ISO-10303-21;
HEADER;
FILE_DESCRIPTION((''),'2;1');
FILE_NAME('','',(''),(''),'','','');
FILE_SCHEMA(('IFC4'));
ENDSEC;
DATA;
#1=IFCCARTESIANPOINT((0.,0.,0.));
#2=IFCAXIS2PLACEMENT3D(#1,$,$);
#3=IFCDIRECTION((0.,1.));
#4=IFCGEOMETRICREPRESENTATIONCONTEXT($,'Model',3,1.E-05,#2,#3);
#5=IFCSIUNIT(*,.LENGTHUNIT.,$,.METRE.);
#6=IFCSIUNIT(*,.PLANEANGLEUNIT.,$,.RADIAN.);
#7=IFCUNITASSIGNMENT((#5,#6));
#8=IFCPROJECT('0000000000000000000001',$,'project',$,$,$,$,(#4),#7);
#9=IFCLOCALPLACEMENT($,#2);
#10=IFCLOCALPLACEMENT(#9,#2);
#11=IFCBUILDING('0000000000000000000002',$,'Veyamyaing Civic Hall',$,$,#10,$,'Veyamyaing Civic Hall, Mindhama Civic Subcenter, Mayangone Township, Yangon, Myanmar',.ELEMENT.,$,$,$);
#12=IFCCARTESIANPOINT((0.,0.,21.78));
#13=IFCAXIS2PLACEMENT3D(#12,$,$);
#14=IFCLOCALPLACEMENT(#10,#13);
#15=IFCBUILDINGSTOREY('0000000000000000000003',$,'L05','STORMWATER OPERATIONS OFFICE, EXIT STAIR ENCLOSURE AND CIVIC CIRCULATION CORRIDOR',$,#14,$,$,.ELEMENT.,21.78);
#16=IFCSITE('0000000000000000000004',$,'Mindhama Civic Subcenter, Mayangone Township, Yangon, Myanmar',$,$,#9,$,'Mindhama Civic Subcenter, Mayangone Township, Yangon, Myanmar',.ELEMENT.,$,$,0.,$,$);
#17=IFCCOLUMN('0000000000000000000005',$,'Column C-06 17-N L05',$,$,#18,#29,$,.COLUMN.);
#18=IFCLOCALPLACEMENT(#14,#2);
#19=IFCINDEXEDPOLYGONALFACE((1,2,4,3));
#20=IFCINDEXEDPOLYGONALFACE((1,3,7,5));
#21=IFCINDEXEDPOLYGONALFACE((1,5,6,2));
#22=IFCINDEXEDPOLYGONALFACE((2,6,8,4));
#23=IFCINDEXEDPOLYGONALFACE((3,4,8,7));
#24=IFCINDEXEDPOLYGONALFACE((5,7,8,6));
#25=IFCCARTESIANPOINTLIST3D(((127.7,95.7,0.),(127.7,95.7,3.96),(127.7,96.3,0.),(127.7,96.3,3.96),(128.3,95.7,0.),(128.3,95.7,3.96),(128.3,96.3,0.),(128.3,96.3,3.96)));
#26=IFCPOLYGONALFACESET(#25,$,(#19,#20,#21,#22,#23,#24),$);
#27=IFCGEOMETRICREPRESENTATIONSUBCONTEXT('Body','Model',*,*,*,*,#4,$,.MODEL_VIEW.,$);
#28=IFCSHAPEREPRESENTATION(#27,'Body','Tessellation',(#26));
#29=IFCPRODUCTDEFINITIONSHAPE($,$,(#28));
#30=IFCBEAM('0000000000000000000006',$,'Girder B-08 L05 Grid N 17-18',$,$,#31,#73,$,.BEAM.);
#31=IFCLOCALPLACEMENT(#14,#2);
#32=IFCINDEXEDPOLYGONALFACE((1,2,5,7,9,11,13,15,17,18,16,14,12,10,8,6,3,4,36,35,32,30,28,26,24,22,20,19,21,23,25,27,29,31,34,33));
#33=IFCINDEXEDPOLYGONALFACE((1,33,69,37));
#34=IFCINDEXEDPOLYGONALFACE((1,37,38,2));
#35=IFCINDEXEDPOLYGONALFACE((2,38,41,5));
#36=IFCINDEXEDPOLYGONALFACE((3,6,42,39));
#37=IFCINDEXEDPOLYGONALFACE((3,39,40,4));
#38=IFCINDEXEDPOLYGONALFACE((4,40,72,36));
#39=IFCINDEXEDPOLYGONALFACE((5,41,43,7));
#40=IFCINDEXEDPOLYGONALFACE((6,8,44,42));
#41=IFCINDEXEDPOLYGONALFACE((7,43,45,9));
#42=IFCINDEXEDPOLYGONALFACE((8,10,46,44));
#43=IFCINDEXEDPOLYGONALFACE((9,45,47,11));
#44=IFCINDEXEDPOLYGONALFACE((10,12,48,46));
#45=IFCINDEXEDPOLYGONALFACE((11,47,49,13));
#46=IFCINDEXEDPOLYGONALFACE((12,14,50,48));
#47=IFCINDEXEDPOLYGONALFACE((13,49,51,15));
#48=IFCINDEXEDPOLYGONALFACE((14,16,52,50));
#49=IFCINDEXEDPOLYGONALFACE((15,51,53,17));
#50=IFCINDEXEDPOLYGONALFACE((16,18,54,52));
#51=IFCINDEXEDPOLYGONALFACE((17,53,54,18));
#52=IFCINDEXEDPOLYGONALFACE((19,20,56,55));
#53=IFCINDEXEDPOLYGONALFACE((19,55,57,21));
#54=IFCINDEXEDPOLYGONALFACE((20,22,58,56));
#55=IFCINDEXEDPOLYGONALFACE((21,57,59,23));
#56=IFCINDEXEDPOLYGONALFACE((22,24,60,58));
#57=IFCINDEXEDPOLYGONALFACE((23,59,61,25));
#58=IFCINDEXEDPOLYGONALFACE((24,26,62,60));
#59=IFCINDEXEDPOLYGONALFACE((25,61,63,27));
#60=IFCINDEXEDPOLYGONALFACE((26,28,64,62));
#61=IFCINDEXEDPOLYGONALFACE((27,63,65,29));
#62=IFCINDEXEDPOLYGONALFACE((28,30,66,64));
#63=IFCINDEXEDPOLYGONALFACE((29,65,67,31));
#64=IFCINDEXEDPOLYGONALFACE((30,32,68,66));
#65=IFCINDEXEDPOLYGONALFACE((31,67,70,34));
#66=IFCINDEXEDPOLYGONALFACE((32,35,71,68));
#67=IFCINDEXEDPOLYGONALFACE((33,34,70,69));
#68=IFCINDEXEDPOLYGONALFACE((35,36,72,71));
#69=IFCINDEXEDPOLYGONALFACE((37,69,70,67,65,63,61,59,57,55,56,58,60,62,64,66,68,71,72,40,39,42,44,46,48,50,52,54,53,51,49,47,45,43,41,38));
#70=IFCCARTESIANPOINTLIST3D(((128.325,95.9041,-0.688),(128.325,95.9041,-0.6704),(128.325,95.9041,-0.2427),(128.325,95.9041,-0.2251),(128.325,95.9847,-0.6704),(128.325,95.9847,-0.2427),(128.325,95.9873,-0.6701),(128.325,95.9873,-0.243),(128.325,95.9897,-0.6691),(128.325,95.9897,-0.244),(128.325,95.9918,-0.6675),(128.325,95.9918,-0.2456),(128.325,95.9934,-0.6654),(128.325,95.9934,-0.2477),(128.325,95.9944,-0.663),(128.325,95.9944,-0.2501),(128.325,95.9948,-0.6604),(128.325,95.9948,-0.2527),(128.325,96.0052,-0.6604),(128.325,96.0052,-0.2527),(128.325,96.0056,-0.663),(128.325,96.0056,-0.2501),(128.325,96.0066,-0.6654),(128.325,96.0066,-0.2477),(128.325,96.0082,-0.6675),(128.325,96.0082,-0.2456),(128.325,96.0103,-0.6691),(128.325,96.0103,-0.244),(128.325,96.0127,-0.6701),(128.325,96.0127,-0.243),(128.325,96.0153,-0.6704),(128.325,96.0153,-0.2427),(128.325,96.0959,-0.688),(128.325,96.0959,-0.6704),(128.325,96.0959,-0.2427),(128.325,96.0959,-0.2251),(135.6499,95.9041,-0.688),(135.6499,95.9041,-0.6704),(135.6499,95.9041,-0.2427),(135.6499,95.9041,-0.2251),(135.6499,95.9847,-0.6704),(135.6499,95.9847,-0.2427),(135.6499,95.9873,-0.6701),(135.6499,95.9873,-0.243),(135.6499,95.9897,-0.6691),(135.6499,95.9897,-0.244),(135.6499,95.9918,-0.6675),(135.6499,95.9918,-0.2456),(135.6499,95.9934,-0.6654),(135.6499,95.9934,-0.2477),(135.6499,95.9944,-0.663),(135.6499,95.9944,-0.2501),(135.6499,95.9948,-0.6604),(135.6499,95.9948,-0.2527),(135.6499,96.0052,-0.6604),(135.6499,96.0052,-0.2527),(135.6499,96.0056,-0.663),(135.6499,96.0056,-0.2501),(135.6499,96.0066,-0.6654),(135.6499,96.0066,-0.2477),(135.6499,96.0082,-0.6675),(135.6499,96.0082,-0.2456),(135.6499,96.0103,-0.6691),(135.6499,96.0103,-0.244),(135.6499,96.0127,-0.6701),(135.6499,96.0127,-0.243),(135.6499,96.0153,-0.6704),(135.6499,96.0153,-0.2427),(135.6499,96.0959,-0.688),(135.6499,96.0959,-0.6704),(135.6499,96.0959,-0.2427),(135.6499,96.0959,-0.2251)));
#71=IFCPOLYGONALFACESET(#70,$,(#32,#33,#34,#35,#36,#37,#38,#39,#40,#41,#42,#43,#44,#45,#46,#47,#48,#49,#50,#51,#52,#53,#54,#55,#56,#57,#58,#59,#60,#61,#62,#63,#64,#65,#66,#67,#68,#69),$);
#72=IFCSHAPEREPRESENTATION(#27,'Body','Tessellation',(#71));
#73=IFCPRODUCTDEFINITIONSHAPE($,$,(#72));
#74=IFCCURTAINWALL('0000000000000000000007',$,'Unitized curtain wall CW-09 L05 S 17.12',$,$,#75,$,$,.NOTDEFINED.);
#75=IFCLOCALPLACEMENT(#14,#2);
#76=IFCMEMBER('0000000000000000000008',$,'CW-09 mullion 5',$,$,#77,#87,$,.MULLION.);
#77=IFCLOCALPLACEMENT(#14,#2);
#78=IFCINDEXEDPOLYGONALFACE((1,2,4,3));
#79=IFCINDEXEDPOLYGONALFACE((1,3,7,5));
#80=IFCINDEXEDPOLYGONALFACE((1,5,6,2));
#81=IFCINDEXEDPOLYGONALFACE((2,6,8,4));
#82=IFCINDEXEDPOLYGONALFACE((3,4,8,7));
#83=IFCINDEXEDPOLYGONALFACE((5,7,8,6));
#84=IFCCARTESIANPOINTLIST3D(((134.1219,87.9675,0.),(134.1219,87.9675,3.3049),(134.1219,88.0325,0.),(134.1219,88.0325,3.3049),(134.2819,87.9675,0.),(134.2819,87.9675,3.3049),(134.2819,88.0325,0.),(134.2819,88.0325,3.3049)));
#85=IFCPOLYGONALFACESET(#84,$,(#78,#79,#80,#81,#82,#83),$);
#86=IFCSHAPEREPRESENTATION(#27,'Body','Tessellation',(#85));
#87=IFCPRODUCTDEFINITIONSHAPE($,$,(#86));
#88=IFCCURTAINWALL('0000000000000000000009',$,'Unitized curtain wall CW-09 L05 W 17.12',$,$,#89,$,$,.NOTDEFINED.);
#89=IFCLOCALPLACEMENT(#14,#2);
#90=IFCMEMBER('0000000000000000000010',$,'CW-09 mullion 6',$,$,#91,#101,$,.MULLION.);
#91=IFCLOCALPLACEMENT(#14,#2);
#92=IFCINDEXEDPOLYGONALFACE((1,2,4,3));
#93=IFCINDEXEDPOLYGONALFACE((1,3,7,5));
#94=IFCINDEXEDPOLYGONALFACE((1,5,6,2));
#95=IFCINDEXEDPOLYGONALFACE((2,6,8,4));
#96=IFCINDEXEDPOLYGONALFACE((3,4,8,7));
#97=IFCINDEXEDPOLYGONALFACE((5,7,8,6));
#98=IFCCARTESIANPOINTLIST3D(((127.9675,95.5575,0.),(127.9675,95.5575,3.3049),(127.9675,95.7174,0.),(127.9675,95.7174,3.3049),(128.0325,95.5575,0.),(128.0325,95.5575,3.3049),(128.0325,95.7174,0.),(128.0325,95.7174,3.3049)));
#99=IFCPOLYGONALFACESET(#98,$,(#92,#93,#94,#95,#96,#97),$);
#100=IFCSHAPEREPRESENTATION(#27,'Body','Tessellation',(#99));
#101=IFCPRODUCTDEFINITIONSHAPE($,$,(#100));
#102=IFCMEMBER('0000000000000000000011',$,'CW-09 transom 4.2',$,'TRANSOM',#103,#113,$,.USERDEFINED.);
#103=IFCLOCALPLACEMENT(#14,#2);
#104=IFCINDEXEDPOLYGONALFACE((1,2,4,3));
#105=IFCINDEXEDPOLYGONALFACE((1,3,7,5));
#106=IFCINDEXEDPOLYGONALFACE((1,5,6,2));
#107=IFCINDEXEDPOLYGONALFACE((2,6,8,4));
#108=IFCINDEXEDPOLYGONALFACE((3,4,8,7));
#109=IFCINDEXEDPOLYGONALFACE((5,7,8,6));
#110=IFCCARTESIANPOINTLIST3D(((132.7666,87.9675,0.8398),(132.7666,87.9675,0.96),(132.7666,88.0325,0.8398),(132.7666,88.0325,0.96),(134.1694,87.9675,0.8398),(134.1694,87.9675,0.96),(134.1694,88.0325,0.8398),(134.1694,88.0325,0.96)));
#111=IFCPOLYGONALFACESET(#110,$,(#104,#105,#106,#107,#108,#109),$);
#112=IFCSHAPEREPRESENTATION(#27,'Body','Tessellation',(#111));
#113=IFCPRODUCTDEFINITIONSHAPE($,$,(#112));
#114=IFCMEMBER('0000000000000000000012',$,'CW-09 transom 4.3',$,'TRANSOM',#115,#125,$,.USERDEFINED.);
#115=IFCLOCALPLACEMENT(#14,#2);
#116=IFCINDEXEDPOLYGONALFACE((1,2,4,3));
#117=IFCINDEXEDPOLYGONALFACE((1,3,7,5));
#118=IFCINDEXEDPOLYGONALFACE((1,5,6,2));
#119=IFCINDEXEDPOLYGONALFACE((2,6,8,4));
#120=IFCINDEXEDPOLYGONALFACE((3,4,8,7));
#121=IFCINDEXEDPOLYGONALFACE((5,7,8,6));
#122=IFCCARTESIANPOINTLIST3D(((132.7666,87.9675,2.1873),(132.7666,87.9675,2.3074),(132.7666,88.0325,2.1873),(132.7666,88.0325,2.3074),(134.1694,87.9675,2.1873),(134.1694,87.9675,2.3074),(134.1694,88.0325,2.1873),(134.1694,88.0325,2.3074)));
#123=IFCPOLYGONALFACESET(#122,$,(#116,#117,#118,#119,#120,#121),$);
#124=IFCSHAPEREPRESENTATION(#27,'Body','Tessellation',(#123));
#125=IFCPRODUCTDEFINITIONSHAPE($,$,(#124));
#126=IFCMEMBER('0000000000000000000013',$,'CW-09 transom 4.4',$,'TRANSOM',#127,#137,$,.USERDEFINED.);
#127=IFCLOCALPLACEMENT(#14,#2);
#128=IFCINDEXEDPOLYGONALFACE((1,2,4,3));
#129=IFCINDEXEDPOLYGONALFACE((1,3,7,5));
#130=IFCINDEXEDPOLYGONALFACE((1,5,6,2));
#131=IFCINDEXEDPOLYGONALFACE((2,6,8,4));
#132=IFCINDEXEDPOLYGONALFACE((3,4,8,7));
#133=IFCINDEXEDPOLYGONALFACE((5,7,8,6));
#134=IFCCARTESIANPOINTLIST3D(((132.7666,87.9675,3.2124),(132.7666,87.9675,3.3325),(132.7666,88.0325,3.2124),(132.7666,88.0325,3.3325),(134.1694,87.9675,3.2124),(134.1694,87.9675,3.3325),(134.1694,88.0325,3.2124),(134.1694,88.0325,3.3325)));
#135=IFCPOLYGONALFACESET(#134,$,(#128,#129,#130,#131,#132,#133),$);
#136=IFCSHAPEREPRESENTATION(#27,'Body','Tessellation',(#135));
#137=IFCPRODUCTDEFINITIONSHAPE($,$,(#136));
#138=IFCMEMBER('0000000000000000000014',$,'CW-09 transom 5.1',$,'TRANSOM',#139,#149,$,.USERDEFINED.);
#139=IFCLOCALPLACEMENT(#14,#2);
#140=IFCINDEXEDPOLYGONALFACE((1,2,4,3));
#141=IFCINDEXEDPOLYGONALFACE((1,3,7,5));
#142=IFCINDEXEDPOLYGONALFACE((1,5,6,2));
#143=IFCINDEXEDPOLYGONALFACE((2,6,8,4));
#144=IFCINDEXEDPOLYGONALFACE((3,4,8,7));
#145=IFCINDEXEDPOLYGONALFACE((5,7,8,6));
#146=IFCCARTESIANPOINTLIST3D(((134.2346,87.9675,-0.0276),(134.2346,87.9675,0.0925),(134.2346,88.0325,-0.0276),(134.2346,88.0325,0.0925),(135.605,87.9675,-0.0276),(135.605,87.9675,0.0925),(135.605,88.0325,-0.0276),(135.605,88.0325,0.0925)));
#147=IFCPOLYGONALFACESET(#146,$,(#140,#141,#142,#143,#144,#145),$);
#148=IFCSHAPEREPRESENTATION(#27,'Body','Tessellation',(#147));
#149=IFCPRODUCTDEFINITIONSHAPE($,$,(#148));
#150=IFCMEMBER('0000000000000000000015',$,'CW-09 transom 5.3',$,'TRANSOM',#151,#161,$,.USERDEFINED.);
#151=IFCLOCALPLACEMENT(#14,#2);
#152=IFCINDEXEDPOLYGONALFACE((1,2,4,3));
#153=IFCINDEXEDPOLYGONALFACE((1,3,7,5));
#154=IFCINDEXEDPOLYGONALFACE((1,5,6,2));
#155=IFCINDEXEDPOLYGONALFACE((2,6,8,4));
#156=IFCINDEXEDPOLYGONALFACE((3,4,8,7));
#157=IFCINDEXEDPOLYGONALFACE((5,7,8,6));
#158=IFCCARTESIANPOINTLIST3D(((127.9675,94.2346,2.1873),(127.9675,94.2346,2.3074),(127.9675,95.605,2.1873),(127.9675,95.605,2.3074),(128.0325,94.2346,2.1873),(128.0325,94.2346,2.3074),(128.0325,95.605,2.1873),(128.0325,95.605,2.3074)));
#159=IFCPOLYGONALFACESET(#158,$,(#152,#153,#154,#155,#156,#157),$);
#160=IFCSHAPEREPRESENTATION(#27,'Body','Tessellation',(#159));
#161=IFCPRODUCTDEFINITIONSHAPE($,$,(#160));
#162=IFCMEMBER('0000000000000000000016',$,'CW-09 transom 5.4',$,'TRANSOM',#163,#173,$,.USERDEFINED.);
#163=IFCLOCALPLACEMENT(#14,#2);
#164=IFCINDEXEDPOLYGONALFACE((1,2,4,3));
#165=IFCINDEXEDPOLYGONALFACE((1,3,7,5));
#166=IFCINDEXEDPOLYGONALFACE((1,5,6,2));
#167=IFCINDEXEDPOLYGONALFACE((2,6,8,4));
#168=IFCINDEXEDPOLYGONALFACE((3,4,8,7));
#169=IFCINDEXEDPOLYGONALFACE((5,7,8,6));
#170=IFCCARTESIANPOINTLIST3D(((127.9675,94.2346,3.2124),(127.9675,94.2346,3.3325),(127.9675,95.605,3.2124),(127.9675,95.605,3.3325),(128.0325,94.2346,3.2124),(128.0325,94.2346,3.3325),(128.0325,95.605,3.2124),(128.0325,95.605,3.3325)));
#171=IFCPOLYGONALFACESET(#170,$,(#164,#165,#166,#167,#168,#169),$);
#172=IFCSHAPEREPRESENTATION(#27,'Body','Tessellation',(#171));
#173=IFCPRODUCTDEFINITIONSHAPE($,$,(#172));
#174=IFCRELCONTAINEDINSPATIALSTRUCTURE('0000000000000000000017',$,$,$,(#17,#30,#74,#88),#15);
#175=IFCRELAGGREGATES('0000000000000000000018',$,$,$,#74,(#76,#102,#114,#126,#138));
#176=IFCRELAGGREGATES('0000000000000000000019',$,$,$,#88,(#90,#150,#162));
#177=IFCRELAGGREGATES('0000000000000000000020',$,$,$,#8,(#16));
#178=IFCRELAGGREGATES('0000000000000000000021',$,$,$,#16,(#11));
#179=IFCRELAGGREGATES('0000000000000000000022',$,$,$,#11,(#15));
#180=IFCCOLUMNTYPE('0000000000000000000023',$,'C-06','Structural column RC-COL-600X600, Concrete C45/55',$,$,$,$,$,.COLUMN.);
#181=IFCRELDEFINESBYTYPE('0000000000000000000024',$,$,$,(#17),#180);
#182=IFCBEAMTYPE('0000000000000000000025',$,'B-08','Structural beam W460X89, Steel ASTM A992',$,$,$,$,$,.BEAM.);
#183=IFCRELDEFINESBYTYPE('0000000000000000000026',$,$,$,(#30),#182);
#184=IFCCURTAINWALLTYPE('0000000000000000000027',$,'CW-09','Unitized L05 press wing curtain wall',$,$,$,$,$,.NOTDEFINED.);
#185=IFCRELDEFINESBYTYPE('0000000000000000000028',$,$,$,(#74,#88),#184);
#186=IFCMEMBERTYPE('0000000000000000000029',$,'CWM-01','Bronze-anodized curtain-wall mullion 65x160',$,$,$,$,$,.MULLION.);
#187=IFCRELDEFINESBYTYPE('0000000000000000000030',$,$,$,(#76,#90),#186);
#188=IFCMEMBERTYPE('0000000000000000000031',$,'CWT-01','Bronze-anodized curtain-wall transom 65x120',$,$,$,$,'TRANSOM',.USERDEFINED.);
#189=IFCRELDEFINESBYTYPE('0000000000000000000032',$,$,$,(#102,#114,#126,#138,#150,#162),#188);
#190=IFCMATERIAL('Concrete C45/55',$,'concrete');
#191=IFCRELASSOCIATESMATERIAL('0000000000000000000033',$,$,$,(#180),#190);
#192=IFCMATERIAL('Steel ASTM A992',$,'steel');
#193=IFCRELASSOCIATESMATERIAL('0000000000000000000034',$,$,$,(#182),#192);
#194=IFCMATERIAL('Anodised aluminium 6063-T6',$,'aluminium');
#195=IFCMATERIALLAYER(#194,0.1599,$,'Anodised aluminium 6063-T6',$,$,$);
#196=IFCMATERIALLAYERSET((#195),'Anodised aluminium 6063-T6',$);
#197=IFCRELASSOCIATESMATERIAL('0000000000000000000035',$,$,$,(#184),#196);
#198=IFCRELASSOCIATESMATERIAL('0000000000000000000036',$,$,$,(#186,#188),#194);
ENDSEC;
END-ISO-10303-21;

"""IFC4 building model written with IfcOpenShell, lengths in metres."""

from ifc_helpers import new_model, si_unit, direction, frame, origin, origin_2d, place, context, subcontext, project, spatial, rectangle, i_section, extrude, material, layer, layer_set, material_profile, profile_set, type_object, element, aggregate, save


model = new_model("IFC4")

# Units and contexts
model_context = context("Model", 3, precision=1e-05, world=origin(), true_north=direction((0.0, 1.0)))
body_context = subcontext(model_context, "Body", "Model", "MODEL_VIEW")
ifc_project = project(units=[si_unit("LENGTHUNIT", "METRE"), si_unit("PLANEANGLEUNIT", "RADIAN")], contexts=[model_context])

# Site, building, storey
site_placement = place(None, origin())
site = spatial("IfcSite", under=ifc_project, at=site_placement, Name="Mindhama Civic Subcenter, Mayangone Township, Yangon, Myanmar", LongName="Mindhama Civic Subcenter, Mayangone Township, Yangon, Myanmar", CompositionType="ELEMENT", RefElevation=0.0)
building_placement = place(site_placement, origin())
building = spatial("IfcBuilding", under=site, at=building_placement, Name="Veyamyaing Civic Hall", LongName="Veyamyaing Civic Hall, Mindhama Civic Subcenter, Mayangone Township, Yangon, Myanmar", CompositionType="ELEMENT")
storey_placement = place(building_placement, frame((0.0, 0.0, 21.78)))
storey = spatial("IfcBuildingStorey", under=building, at=storey_placement, Name="L05", Description="STORMWATER OPERATIONS OFFICE, EXIT STAIR ENCLOSURE AND CIVIC CIRCULATION CORRIDOR", CompositionType="ELEMENT", Elevation=21.78)

# Column
ifc_material_1 = material(Name="Concrete C45/55", Category="concrete")
ifc_material_profile_1 = material_profile(ifc_material_1, rectangle(XDim=0.6001, YDim=0.6001, at=origin_2d()), Name="RC-COL-600X600")
ifc_profile_set_1 = profile_set([ifc_material_profile_1], Name="Concrete C45/55")
column_type = type_object("IfcColumnType", Name="C-06", Description="Structural column RC-COL-600X600, Concrete C45/55", PredefinedType="COLUMN", material=ifc_profile_set_1)
column_placement = place(storey_placement, frame((128.0, 96.0, 0.0), z_axis=(0.0, 0.0, 1.0), x_axis=(1.0, 0.0, 0.0)))
element("IfcColumn", 1, at=column_placement, inside=storey, type_object=column_type, Name="Column C-06 17-N L05", PredefinedType="COLUMN", context=body_context, shape_type="SweptSolid", body=[
    extrude(rectangle(XDim=0.6001, YDim=0.6001, at=origin_2d()), origin(), (0.0, 0.0, 1.0), 3.96),
])

# Beam
ifc_material_2 = material(Name="Steel ASTM A992", Category="steel")
ifc_material_profile_2 = material_profile(ifc_material_2, i_section(OverallWidth=0.1919, OverallDepth=0.4629, WebThickness=0.0105, FlangeThickness=0.0176, FilletRadius=0.01, at=origin_2d()), Name="W460X89")
ifc_profile_set_2 = profile_set([ifc_material_profile_2], Name="Steel ASTM A992")
beam_type_1 = type_object("IfcBeamType", Name="B-08", Description="Structural beam W460X89, Steel ASTM A992", PredefinedType="BEAM", material=ifc_profile_set_2)
beam_placement = place(storey_placement, frame((128.325, 96.0, -0.4565), z_axis=(1.0, 0.0, 0.0), x_axis=(0.0, 1.0, 0.0)))
element("IfcBeam", 2, at=beam_placement, inside=storey, type_object=beam_type_1, Name="Girder B-08 L05 Grid N 17-18", PredefinedType="BEAM", context=body_context, shape_type="SweptSolid", body=[
    extrude(i_section(OverallWidth=0.1919, OverallDepth=0.4629, WebThickness=0.0105, FlangeThickness=0.0176, FilletRadius=0.01, at=origin_2d()), origin(), (0.0, 0.0, 1.0), 7.325),
])

# Curtain walls, members
ifc_material_3 = material(Name="Anodised aluminium 6063-T6", Category="aluminium")
ifc_layer_1 = layer(ifc_material_3, 0.1599, Name="Anodised aluminium 6063-T6")
ifc_layer_set_1 = layer_set([ifc_layer_1], Name="Anodised aluminium 6063-T6")
curtain_wall_type = type_object("IfcCurtainWallType", Name="CW-09", Description="Unitized L05 press wing curtain wall", PredefinedType="NOTDEFINED", material=ifc_layer_set_1)
curtain_wall_1_placement = place(storey_placement, origin())
curtain_wall_1 = element("IfcCurtainWall", 3, at=curtain_wall_1_placement, inside=storey, type_object=curtain_wall_type, Name="Unitized curtain wall CW-09 L05 S 17.12", PredefinedType="NOTDEFINED")
ifc_material_profile_3 = material_profile(ifc_material_3, rectangle(XDim=0.0649, YDim=0.1599, at=origin_2d()), Name="ALU-MUL-65X160")
ifc_profile_set_3 = profile_set([ifc_material_profile_3], Name="Anodised aluminium 6063-T6")
member_type_1 = type_object("IfcMemberType", Name="CWM-01", Description="Bronze-anodized curtain-wall mullion 65x160", PredefinedType="MULLION", material=ifc_profile_set_3)
member_1_placement = place(storey_placement, frame((134.2019, 88.0, 0.0), z_axis=(0.0, 0.0, 1.0), x_axis=(0.0, 1.0, 0.0)))
member_1 = element("IfcMember", 4, at=member_1_placement, type_object=member_type_1, Name="CW-09 mullion 5", PredefinedType="MULLION", context=body_context, shape_type="SweptSolid", body=[
    extrude(rectangle(XDim=0.0649, YDim=0.1599, at=origin_2d()), origin(), (0.0, 0.0, 1.0), 3.3049),
])
curtain_wall_2_placement = place(storey_placement, origin())
curtain_wall_2 = element("IfcCurtainWall", 5, at=curtain_wall_2_placement, inside=storey, type_object=curtain_wall_type, Name="Unitized curtain wall CW-09 L05 W 17.12", PredefinedType="NOTDEFINED")
member_2_placement = place(storey_placement, frame((128.0, 95.6375, 0.0), z_axis=(0.0, 0.0, 1.0), x_axis=(-1.0, 0.0, 0.0)))
member_2 = element("IfcMember", 6, at=member_2_placement, type_object=member_type_1, Name="CW-09 mullion 6", PredefinedType="MULLION", context=body_context, shape_type="SweptSolid", body=[
    extrude(rectangle(XDim=0.0649, YDim=0.1599, at=origin_2d()), origin(), (0.0, 0.0, 1.0), 3.3049),
])

# Members
ifc_material_profile_4 = material_profile(ifc_material_3, rectangle(XDim=0.0649, YDim=0.1201, at=origin_2d()), Name="ALU-TRN-65X120")
ifc_profile_set_4 = profile_set([ifc_material_profile_4], Name="Anodised aluminium 6063-T6")
member_type_2 = type_object("IfcMemberType", Name="CWT-01", Description="Bronze-anodized curtain-wall transom 65x120", ElementType="TRANSOM", PredefinedType="USERDEFINED", material=ifc_profile_set_4)
member_3_placement = place(storey_placement, frame((132.7666, 88.0, 0.8999), z_axis=(1.0, 0.0, 0.0), x_axis=(0.0, 1.0, 0.0)))
member_3 = element("IfcMember", 7, at=member_3_placement, type_object=member_type_2, Name="CW-09 transom 4.2", ObjectType="TRANSOM", PredefinedType="USERDEFINED", context=body_context, shape_type="SweptSolid", body=[
    extrude(rectangle(XDim=0.0649, YDim=0.1201, at=origin_2d()), origin(), (0.0, 0.0, 1.0), 1.4028),
])
member_4_placement = place(storey_placement, frame((132.7666, 88.0, 2.2473), z_axis=(1.0, 0.0, 0.0), x_axis=(0.0, 1.0, 0.0)))
member_4 = element("IfcMember", 8, at=member_4_placement, type_object=member_type_2, Name="CW-09 transom 4.3", ObjectType="TRANSOM", PredefinedType="USERDEFINED", context=body_context, shape_type="SweptSolid", body=[
    extrude(rectangle(XDim=0.0649, YDim=0.1201, at=origin_2d()), origin(), (0.0, 0.0, 1.0), 1.4028),
])
member_5_placement = place(storey_placement, frame((132.7666, 88.0, 3.2725), z_axis=(1.0, 0.0, 0.0), x_axis=(0.0, 1.0, 0.0)))
member_5 = element("IfcMember", 9, at=member_5_placement, type_object=member_type_2, Name="CW-09 transom 4.4", ObjectType="TRANSOM", PredefinedType="USERDEFINED", context=body_context, shape_type="SweptSolid", body=[
    extrude(rectangle(XDim=0.0649, YDim=0.1201, at=origin_2d()), origin(), (0.0, 0.0, 1.0), 1.4028),
])
member_6_placement = place(storey_placement, frame((134.2346, 88.0, 0.0325), z_axis=(1.0, 0.0, 0.0), x_axis=(0.0, 1.0, 0.0)))
member_6 = element("IfcMember", 10, at=member_6_placement, type_object=member_type_2, Name="CW-09 transom 5.1", ObjectType="TRANSOM", PredefinedType="USERDEFINED", context=body_context, shape_type="SweptSolid", body=[
    extrude(rectangle(XDim=0.0649, YDim=0.1201, at=origin_2d()), origin(), (0.0, 0.0, 1.0), 1.3704),
])
member_7_placement = place(storey_placement, frame((128.0, 94.2346, 2.2473), z_axis=(0.0, 1.0, 0.0), x_axis=(-1.0, 0.0, 0.0)))
member_7 = element("IfcMember", 11, at=member_7_placement, type_object=member_type_2, Name="CW-09 transom 5.3", ObjectType="TRANSOM", PredefinedType="USERDEFINED", context=body_context, shape_type="SweptSolid", body=[
    extrude(rectangle(XDim=0.0649, YDim=0.1201, at=origin_2d()), origin(), (0.0, 0.0, 1.0), 1.3704),
])
member_8_placement = place(storey_placement, frame((128.0, 94.2346, 3.2725), z_axis=(0.0, 1.0, 0.0), x_axis=(-1.0, 0.0, 0.0)))
member_8 = element("IfcMember", 12, at=member_8_placement, type_object=member_type_2, Name="CW-09 transom 5.4", ObjectType="TRANSOM", PredefinedType="USERDEFINED", context=body_context, shape_type="SweptSolid", body=[
    extrude(rectangle(XDim=0.0649, YDim=0.1201, at=origin_2d()), origin(), (0.0, 0.0, 1.0), 1.3704),
])

aggregate(curtain_wall_1, [member_1, member_3, member_4, member_5, member_6])
aggregate(curtain_wall_2, [member_2, member_7, member_8])

save(model, "model.ifc")
